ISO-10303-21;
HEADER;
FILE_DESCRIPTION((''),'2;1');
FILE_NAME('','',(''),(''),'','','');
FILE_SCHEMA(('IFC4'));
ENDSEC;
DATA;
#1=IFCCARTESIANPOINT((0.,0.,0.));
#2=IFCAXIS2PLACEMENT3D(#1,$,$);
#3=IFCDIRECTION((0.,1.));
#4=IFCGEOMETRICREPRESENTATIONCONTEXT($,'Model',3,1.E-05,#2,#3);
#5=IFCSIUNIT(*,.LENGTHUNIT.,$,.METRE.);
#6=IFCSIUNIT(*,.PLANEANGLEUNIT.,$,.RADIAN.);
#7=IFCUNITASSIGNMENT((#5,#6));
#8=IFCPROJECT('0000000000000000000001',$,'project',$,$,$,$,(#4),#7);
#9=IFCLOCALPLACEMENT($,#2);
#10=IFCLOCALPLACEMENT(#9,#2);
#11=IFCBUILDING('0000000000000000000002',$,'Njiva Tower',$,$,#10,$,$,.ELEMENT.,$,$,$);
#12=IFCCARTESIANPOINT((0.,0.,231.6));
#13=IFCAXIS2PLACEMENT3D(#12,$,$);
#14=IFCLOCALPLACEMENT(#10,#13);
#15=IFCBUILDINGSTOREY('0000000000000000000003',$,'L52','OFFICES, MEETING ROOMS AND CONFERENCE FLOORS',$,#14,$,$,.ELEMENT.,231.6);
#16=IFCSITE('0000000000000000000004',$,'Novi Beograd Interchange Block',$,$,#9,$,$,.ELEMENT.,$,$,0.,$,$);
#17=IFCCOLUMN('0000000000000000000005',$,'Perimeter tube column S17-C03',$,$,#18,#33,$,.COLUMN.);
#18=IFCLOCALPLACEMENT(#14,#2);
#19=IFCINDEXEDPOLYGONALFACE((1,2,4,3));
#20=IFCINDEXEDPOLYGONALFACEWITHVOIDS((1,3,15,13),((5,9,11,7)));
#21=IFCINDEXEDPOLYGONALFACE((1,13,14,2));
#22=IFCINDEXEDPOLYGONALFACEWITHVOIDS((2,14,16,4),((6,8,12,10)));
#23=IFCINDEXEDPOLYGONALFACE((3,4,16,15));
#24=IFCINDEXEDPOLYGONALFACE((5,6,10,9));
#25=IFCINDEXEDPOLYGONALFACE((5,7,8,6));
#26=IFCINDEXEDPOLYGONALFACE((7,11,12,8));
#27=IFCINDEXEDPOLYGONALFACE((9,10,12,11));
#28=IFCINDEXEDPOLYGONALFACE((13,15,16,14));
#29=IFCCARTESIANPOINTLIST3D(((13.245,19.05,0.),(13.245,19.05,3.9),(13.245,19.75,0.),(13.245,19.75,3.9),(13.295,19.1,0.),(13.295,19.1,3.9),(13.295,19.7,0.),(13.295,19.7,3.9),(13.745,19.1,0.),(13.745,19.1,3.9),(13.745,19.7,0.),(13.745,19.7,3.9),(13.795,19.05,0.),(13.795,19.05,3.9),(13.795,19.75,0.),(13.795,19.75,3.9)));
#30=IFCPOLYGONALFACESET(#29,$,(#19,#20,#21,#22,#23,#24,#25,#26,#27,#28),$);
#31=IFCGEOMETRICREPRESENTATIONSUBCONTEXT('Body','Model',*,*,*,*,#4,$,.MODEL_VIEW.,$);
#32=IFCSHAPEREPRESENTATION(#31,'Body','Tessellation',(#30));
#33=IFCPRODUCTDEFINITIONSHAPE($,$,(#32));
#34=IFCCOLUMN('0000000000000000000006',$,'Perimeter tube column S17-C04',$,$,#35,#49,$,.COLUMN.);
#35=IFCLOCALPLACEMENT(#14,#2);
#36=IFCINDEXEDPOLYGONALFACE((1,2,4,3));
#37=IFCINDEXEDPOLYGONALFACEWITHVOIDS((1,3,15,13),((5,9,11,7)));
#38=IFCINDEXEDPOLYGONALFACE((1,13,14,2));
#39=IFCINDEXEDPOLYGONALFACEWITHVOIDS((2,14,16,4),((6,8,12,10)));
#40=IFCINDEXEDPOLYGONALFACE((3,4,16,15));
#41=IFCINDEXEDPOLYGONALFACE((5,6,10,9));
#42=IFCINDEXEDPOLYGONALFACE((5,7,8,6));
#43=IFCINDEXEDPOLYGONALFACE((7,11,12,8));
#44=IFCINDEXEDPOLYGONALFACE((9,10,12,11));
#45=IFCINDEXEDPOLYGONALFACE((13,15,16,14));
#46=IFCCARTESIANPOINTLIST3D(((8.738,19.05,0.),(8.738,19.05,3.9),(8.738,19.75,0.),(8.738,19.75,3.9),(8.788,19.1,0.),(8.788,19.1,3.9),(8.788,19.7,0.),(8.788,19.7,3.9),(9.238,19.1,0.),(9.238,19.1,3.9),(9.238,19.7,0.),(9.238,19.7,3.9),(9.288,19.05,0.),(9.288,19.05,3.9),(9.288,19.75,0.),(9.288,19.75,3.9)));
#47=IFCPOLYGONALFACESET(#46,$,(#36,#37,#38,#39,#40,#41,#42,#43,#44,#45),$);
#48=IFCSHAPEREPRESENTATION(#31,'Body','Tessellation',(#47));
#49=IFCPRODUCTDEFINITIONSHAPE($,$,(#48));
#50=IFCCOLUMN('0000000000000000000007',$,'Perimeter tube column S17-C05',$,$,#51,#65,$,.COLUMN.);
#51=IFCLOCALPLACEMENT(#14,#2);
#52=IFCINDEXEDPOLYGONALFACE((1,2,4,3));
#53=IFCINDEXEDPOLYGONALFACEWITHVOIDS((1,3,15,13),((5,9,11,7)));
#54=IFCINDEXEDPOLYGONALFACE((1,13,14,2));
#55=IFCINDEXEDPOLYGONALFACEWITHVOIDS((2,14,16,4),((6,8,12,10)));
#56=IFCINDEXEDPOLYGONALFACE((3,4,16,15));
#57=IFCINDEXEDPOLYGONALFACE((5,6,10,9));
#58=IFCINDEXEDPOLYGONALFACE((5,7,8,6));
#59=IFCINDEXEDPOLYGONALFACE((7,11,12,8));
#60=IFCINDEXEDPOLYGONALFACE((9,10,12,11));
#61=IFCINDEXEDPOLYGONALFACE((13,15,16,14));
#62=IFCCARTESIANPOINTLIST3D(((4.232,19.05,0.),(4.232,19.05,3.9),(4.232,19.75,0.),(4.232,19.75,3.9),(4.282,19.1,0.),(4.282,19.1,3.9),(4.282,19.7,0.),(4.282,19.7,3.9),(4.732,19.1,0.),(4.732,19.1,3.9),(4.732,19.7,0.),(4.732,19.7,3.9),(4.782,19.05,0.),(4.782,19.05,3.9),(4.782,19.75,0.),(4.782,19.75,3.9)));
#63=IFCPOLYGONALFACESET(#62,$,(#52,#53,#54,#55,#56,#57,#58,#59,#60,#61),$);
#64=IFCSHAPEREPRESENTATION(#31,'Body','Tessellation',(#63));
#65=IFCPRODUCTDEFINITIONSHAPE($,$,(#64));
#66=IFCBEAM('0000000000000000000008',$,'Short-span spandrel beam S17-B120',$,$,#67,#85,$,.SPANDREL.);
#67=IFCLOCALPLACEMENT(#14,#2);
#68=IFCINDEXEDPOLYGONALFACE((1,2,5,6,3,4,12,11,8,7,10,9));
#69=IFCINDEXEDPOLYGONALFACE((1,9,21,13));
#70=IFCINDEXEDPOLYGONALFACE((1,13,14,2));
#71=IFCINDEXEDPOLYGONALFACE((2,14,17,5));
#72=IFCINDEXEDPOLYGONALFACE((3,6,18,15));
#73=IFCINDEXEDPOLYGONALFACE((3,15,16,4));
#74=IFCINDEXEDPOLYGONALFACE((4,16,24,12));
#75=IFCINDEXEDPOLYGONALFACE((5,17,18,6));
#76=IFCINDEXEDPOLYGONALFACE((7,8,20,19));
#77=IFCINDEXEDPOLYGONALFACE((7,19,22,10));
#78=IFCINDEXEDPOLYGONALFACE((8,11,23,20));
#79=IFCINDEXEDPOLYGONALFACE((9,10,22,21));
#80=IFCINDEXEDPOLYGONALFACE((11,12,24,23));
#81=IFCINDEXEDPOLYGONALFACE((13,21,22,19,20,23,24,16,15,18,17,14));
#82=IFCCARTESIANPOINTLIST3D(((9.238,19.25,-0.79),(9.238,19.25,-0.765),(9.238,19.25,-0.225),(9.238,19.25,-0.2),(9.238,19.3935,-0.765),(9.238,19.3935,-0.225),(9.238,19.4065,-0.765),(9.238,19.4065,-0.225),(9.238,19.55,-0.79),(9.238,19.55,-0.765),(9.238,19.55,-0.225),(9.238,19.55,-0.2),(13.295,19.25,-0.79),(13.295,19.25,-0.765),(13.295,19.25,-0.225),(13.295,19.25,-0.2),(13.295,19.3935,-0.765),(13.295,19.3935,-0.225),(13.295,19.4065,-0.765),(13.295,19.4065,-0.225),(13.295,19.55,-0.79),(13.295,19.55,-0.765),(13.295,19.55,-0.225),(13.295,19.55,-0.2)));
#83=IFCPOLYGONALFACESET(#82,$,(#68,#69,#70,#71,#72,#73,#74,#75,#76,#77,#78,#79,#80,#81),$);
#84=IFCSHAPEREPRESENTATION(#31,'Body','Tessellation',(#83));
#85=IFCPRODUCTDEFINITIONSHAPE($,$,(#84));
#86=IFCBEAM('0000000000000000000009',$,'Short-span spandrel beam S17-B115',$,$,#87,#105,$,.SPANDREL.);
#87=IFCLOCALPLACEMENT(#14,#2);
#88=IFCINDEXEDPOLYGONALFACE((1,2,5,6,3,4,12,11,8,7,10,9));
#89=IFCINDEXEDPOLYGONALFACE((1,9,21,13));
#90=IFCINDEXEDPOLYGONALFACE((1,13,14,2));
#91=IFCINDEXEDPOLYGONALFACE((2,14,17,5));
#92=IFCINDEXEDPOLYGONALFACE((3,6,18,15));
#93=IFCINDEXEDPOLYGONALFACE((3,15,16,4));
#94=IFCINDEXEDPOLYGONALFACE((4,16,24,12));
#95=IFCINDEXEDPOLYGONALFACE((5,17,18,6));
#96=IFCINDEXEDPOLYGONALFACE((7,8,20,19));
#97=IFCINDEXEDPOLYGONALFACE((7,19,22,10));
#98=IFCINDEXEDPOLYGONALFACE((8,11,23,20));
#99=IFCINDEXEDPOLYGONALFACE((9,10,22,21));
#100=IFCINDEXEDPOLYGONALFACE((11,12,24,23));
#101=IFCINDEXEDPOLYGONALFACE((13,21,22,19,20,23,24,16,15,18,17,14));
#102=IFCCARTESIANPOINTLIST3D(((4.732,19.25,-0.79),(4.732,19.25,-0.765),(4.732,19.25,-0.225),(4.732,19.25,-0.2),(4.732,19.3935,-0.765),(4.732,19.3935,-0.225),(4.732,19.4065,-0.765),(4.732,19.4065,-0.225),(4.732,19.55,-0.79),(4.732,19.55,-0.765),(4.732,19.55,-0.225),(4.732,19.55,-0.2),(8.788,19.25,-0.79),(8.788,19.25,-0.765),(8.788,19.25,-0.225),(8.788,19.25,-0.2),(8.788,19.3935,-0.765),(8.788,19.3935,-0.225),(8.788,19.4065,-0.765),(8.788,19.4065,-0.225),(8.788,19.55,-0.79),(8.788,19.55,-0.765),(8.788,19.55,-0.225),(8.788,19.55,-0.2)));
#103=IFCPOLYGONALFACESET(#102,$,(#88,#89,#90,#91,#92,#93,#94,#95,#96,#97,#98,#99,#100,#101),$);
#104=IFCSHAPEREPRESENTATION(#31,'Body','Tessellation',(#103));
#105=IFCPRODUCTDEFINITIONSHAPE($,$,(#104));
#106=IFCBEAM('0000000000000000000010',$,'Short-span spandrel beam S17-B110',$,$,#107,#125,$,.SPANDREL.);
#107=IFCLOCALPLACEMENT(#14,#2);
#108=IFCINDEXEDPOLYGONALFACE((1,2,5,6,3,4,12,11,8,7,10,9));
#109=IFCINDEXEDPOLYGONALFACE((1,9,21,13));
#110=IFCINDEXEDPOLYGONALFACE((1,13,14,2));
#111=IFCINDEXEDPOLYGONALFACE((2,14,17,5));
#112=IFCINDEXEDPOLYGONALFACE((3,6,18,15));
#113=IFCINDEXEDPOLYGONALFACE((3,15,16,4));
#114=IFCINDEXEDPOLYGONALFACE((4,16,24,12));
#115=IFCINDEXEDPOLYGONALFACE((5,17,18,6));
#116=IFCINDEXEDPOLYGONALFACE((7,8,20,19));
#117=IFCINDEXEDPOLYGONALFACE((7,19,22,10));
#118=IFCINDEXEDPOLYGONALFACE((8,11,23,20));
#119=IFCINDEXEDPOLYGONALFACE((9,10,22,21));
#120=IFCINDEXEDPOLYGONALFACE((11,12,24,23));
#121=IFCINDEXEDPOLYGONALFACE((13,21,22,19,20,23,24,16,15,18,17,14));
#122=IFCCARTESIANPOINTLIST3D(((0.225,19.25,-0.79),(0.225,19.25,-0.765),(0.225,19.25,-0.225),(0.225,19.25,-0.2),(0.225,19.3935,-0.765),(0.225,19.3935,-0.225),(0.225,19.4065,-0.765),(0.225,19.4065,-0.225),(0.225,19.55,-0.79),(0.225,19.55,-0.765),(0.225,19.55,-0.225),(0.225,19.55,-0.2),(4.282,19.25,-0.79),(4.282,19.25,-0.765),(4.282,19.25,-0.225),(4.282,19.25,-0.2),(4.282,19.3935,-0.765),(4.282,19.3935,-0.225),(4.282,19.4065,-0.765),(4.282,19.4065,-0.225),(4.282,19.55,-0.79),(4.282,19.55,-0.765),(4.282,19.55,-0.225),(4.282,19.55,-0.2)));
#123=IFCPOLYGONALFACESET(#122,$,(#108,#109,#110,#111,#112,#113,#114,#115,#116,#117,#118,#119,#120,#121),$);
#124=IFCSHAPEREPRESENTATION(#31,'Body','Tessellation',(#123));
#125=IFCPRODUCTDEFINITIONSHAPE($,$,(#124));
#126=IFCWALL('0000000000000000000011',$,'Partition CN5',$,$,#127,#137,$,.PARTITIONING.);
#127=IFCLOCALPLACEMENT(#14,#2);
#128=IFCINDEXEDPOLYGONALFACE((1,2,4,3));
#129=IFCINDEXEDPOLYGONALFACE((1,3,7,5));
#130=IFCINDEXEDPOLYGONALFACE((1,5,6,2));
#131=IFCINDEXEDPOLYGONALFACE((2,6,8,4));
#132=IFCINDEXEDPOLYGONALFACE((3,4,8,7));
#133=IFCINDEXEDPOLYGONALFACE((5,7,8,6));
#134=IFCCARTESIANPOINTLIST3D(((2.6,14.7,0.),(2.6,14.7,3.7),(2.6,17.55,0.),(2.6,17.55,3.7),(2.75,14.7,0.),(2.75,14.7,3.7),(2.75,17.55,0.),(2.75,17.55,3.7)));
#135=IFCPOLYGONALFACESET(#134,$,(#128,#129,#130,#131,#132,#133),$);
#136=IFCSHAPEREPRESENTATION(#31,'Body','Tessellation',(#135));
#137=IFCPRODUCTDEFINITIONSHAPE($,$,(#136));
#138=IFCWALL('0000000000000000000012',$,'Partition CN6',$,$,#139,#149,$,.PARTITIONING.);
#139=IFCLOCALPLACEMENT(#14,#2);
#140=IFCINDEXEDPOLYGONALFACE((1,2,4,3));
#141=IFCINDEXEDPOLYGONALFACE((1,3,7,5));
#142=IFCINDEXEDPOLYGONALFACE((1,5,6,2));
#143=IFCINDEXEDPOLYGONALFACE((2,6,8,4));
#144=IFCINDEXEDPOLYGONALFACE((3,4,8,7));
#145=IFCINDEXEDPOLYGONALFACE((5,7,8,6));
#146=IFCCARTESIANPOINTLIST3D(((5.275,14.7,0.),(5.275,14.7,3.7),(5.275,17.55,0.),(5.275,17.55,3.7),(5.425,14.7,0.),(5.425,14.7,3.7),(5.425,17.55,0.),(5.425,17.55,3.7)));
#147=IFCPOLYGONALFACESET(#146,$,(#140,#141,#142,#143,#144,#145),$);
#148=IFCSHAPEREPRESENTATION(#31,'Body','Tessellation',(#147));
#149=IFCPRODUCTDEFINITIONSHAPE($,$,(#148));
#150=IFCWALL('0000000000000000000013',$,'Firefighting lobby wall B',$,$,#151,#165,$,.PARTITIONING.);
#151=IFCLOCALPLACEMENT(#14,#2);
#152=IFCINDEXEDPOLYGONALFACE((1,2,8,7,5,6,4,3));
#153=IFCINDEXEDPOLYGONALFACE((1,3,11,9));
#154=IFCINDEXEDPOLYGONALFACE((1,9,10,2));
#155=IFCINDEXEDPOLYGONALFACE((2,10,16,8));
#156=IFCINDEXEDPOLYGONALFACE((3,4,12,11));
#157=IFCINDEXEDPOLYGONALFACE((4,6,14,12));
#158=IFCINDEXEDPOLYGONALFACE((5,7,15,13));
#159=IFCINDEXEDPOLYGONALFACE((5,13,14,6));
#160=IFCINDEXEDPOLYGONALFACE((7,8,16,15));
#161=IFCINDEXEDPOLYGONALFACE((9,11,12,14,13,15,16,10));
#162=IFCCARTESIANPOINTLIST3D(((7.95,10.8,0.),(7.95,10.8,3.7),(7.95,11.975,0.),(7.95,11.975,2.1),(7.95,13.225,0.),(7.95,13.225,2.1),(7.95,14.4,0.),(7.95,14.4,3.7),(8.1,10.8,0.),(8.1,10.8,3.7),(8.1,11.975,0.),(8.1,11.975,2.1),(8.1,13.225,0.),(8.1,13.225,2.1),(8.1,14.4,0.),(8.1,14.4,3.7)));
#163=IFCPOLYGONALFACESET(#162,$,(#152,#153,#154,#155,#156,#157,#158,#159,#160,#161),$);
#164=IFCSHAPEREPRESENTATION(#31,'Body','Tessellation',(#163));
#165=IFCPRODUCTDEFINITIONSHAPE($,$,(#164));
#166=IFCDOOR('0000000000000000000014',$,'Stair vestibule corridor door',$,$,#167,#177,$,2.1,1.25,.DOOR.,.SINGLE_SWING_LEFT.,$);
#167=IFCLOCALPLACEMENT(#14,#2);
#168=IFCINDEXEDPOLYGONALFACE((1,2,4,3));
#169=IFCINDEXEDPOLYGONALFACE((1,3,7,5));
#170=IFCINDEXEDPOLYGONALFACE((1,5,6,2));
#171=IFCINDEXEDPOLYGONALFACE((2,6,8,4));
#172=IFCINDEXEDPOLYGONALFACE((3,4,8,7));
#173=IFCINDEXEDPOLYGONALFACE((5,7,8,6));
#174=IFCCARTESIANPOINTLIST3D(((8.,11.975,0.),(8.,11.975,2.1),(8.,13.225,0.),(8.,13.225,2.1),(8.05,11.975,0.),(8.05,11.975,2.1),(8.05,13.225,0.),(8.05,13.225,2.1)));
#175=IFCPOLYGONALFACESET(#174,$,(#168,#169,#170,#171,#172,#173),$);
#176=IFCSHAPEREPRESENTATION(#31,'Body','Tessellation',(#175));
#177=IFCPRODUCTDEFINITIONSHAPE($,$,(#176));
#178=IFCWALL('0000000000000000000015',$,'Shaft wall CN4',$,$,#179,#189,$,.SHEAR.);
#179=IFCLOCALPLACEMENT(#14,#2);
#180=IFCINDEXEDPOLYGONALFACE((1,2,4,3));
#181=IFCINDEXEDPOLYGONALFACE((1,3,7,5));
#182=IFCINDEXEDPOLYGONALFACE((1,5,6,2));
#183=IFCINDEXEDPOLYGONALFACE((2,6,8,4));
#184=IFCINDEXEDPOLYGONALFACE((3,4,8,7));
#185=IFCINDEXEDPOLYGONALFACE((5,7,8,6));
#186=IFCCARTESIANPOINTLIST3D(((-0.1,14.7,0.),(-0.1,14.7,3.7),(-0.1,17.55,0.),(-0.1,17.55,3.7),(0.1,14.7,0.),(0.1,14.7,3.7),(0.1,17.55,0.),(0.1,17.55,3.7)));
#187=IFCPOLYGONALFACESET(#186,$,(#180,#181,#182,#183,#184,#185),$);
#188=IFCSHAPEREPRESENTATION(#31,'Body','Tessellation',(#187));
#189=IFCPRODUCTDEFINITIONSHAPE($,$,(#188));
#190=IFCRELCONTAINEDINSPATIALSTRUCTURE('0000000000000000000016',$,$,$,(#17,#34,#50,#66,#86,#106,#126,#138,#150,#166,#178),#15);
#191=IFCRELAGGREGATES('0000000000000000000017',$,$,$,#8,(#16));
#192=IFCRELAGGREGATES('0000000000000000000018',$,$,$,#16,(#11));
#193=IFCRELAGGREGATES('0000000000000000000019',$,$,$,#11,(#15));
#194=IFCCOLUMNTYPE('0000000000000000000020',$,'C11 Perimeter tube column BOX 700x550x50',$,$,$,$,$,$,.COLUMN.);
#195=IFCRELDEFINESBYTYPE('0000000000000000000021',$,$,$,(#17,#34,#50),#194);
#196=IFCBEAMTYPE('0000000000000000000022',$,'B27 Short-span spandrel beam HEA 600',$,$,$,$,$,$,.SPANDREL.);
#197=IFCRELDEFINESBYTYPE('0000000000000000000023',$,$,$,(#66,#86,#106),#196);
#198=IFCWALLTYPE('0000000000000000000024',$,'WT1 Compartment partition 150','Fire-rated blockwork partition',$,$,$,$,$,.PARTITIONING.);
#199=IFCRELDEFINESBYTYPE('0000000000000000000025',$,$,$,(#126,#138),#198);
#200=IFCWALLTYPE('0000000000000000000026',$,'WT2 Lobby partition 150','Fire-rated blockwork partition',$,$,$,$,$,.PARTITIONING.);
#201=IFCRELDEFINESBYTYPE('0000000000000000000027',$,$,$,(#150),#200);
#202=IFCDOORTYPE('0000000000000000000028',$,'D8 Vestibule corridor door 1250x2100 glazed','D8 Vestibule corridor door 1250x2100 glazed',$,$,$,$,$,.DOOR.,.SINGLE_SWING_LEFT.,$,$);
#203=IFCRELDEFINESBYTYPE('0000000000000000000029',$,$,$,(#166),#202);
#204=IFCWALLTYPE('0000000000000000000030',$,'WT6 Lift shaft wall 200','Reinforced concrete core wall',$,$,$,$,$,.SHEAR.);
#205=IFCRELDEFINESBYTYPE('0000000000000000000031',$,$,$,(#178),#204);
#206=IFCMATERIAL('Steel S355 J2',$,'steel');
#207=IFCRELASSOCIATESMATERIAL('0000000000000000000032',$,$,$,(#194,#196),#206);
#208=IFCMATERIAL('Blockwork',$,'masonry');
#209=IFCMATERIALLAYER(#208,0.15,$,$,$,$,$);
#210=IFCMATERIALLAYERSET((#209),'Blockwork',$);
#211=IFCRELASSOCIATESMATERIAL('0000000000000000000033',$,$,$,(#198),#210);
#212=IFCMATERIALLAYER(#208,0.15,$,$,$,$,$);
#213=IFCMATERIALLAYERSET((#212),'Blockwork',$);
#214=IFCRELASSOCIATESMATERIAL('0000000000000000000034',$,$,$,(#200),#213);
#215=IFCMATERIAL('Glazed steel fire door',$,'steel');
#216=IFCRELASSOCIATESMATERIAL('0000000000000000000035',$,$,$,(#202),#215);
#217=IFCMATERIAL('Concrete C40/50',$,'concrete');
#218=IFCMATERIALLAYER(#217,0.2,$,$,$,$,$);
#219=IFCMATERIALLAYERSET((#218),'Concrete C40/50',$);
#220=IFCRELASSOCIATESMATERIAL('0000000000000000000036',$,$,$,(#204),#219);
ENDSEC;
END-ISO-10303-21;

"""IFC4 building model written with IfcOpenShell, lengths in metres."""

from ifc_helpers import new_model, si_unit, direction, frame, frame_2d, origin, origin_2d, place, context, subcontext, project, spatial, rectangle, hollow_rectangle, i_section, extrude, material, layer, layer_set, material_profile, profile_set, type_object, element, fill, save


model = new_model("IFC4")

# Units and contexts
model_context = context("Model", 3, precision=1e-05, world=origin(), true_north=direction((0.0, 1.0)))
body_context = subcontext(model_context, "Body", "Model", "MODEL_VIEW")
ifc_project = project(units=[si_unit("LENGTHUNIT", "METRE"), si_unit("PLANEANGLEUNIT", "RADIAN")], contexts=[model_context])

# Site, building, storey
site_placement = place(None, origin())
site = spatial("IfcSite", under=ifc_project, at=site_placement, Name="Novi Beograd Interchange Block", CompositionType="ELEMENT", RefElevation=0.0)
building_placement = place(site_placement, origin())
building = spatial("IfcBuilding", under=site, at=building_placement, Name="Njiva Tower", CompositionType="ELEMENT")
storey_placement = place(building_placement, frame((0.0, 0.0, 231.6)))
storey = spatial("IfcBuildingStorey", under=building, at=storey_placement, Name="L52", Description="OFFICES, MEETING ROOMS AND CONFERENCE FLOORS", CompositionType="ELEMENT", Elevation=231.6)

# Columns
ifc_material_1 = material(Name="Steel S355 J2", Category="steel")
ifc_material_profile_1 = material_profile(ifc_material_1, hollow_rectangle(XDim=0.55, YDim=0.7, WallThickness=0.05, at=origin_2d()), Name="BOX 700x550x50")
ifc_profile_set_1 = profile_set([ifc_material_profile_1], Name="Steel S355 J2")
column_type = type_object("IfcColumnType", Name="C11 Perimeter tube column BOX 700x550x50", PredefinedType="COLUMN", material=ifc_profile_set_1)
for number, where, z_axis, x_axis, name in (
    (1, (13.52, 19.4, 0.0), (0.0, 0.0, 1.0), (-1.0, 0.0, 0.0), "Perimeter tube column S17-C03"),
    (2, (9.013, 19.4, 0.0), (0.0, 0.0, 1.0), (-1.0, 0.0, 0.0), "Perimeter tube column S17-C04"),
    (3, (4.507, 19.4, 0.0), (0.0, 0.0, 1.0), (-1.0, 0.0, 0.0), "Perimeter tube column S17-C05"),
):
    element("IfcColumn", number, at=place(storey_placement, frame(where, z_axis=z_axis, x_axis=x_axis)), inside=storey, type_object=column_type, Name=name, PredefinedType="COLUMN", context=body_context, shape_type="SweptSolid", body=[
        extrude(hollow_rectangle(XDim=0.55, YDim=0.7, WallThickness=0.05, at=origin_2d()), origin(), (0.0, 0.0, 1.0), 3.9),
    ])

# Beams
ifc_material_profile_2 = material_profile(ifc_material_1, i_section(OverallWidth=0.3, OverallDepth=0.59, WebThickness=0.013, FlangeThickness=0.025, at=origin_2d()), Name="HEA 600")
ifc_profile_set_2 = profile_set([ifc_material_profile_2], Name="Steel S355 J2")
beam_type = type_object("IfcBeamType", Name="B27 Short-span spandrel beam HEA 600", PredefinedType="SPANDREL", material=ifc_profile_set_2)
beam_1_placement = place(storey_placement, frame((13.295, 19.4, -0.495), z_axis=(-1.0, 0.0, 0.0), x_axis=(0.0, -1.0, 0.0)))
element("IfcBeam", 4, at=beam_1_placement, inside=storey, type_object=beam_type, Name="Short-span spandrel beam S17-B120", PredefinedType="SPANDREL", context=body_context, shape_type="SweptSolid", body=[
    extrude(i_section(OverallWidth=0.3, OverallDepth=0.59, WebThickness=0.013, FlangeThickness=0.025, at=origin_2d()), origin(), (0.0, 0.0, 1.0), 4.057),
])
beam_2_placement = place(storey_placement, frame((8.788, 19.4, -0.495), z_axis=(-1.0, 0.0, 0.0), x_axis=(0.0, -1.0, 0.0)))
element("IfcBeam", 5, at=beam_2_placement, inside=storey, type_object=beam_type, Name="Short-span spandrel beam S17-B115", PredefinedType="SPANDREL", context=body_context, shape_type="SweptSolid", body=[
    extrude(i_section(OverallWidth=0.3, OverallDepth=0.59, WebThickness=0.013, FlangeThickness=0.025, at=origin_2d()), origin(), (0.0, 0.0, 1.0), 4.056),
])
beam_3_placement = place(storey_placement, frame((4.282, 19.4, -0.495), z_axis=(-1.0, 0.0, 0.0), x_axis=(0.0, -1.0, 0.0)))
element("IfcBeam", 6, at=beam_3_placement, inside=storey, type_object=beam_type, Name="Short-span spandrel beam S17-B110", PredefinedType="SPANDREL", context=body_context, shape_type="SweptSolid", body=[
    extrude(i_section(OverallWidth=0.3, OverallDepth=0.59, WebThickness=0.013, FlangeThickness=0.025, at=origin_2d()), origin(), (0.0, 0.0, 1.0), 4.057),
])

# Walls
ifc_material_2 = material(Name="Blockwork", Category="masonry")
ifc_layer_1 = layer(ifc_material_2, 0.15)
ifc_layer_set_1 = layer_set([ifc_layer_1], Name="Blockwork")
wall_type_1 = type_object("IfcWallType", Name="WT1 Compartment partition 150", Description="Fire-rated blockwork partition", PredefinedType="PARTITIONING", material=ifc_layer_set_1)
for number, where, z_axis, x_axis, name in (
    (7, (2.675, 14.7, 0.0), (0.0, 0.0, 1.0), (0.0, 1.0, 0.0), "Partition CN5"),
    (8, (5.35, 14.7, 0.0), (0.0, 0.0, 1.0), (0.0, 1.0, 0.0), "Partition CN6"),
):
    element("IfcWall", number, at=place(storey_placement, frame(where, z_axis=z_axis, x_axis=x_axis)), inside=storey, type_object=wall_type_1, Name=name, PredefinedType="PARTITIONING", context=body_context, shape_type="SweptSolid", body=[
        extrude(rectangle(XDim=2.85, YDim=0.15, at=frame_2d((1.425, 0.0))), origin(), (0.0, 0.0, 1.0), 3.7),
    ])

# Wall, opening, door
ifc_layer_2 = layer(ifc_material_2, 0.15)
ifc_layer_set_2 = layer_set([ifc_layer_2], Name="Blockwork")
wall_type_2 = type_object("IfcWallType", Name="WT2 Lobby partition 150", Description="Fire-rated blockwork partition", PredefinedType="PARTITIONING", material=ifc_layer_set_2)
wall_1_placement = place(storey_placement, frame((8.025, 10.8, 0.0), z_axis=(0.0, 0.0, 1.0), x_axis=(0.0, 1.0, 0.0)))
wall_1 = element("IfcWall", 9, at=wall_1_placement, inside=storey, type_object=wall_type_2, Name="Firefighting lobby wall B", PredefinedType="PARTITIONING", context=body_context, shape_type="SweptSolid", body=[
    extrude(rectangle(XDim=3.6, YDim=0.15, at=frame_2d((1.8, 0.0))), origin(), (0.0, 0.0, 1.0), 3.7),
])
opening_1_placement = place(wall_1_placement, frame((1.175, 0.0, 0.0)))
opening_1 = element("IfcOpeningElement", 10, at=opening_1_placement, cuts=wall_1, PredefinedType="OPENING", context=body_context, shape_type="SweptSolid", body=[
    extrude(rectangle(XDim=1.25, YDim=2.1, at=frame_2d((0.625, 1.05))), frame((0.0, 0.085, 0.0), z_axis=(0.0, -1.0, 0.0), x_axis=(1.0, 0.0, 0.0)), (0.0, 0.0, 1.0), 0.17),
])
ifc_material_3 = material(Name="Glazed steel fire door", Category="steel")
door_type_1 = type_object("IfcDoorType", Name="D8 Vestibule corridor door 1250x2100 glazed", Description="D8 Vestibule corridor door 1250x2100 glazed", OperationType="SINGLE_SWING_LEFT", PredefinedType="DOOR", material=ifc_material_3)
door_1_placement = place(opening_1_placement, origin())
door_1 = element("IfcDoor", 11, at=door_1_placement, inside=storey, type_object=door_type_1, Name="Stair vestibule corridor door", OperationType="SINGLE_SWING_LEFT", OverallHeight=2.1, OverallWidth=1.25, PredefinedType="DOOR", context=body_context, shape_type="SweptSolid", body=[
    extrude(rectangle(XDim=1.25, YDim=2.1, at=frame_2d((0.625, 1.05))), frame((0.0, 0.025, 0.0), z_axis=(0.0, -1.0, 0.0), x_axis=(1.0, 0.0, 0.0)), (0.0, 0.0, 1.0), 0.05),
])
fill(opening_1, door_1)

# Wall
ifc_material_4 = material(Name="Concrete C40/50", Category="concrete")
ifc_layer_3 = layer(ifc_material_4, 0.2)
ifc_layer_set_3 = layer_set([ifc_layer_3], Name="Concrete C40/50")
wall_type_3 = type_object("IfcWallType", Name="WT6 Lift shaft wall 200", Description="Reinforced concrete core wall", PredefinedType="SHEAR", material=ifc_layer_set_3)
for number, where, z_axis, x_axis, name in (
    (12, (0.0, 14.7, 0.0), (0.0, 0.0, 1.0), (0.0, 1.0, 0.0), "Shaft wall CN4"),
):
    element("IfcWall", number, at=place(storey_placement, frame(where, z_axis=z_axis, x_axis=x_axis)), inside=storey, type_object=wall_type_3, Name=name, PredefinedType="SHEAR", context=body_context, shape_type="SweptSolid", body=[
        extrude(rectangle(XDim=2.85, YDim=0.2, at=frame_2d((1.425, 0.0))), origin(), (0.0, 0.0, 1.0), 3.7),
    ])

save(model, "model.ifc")
